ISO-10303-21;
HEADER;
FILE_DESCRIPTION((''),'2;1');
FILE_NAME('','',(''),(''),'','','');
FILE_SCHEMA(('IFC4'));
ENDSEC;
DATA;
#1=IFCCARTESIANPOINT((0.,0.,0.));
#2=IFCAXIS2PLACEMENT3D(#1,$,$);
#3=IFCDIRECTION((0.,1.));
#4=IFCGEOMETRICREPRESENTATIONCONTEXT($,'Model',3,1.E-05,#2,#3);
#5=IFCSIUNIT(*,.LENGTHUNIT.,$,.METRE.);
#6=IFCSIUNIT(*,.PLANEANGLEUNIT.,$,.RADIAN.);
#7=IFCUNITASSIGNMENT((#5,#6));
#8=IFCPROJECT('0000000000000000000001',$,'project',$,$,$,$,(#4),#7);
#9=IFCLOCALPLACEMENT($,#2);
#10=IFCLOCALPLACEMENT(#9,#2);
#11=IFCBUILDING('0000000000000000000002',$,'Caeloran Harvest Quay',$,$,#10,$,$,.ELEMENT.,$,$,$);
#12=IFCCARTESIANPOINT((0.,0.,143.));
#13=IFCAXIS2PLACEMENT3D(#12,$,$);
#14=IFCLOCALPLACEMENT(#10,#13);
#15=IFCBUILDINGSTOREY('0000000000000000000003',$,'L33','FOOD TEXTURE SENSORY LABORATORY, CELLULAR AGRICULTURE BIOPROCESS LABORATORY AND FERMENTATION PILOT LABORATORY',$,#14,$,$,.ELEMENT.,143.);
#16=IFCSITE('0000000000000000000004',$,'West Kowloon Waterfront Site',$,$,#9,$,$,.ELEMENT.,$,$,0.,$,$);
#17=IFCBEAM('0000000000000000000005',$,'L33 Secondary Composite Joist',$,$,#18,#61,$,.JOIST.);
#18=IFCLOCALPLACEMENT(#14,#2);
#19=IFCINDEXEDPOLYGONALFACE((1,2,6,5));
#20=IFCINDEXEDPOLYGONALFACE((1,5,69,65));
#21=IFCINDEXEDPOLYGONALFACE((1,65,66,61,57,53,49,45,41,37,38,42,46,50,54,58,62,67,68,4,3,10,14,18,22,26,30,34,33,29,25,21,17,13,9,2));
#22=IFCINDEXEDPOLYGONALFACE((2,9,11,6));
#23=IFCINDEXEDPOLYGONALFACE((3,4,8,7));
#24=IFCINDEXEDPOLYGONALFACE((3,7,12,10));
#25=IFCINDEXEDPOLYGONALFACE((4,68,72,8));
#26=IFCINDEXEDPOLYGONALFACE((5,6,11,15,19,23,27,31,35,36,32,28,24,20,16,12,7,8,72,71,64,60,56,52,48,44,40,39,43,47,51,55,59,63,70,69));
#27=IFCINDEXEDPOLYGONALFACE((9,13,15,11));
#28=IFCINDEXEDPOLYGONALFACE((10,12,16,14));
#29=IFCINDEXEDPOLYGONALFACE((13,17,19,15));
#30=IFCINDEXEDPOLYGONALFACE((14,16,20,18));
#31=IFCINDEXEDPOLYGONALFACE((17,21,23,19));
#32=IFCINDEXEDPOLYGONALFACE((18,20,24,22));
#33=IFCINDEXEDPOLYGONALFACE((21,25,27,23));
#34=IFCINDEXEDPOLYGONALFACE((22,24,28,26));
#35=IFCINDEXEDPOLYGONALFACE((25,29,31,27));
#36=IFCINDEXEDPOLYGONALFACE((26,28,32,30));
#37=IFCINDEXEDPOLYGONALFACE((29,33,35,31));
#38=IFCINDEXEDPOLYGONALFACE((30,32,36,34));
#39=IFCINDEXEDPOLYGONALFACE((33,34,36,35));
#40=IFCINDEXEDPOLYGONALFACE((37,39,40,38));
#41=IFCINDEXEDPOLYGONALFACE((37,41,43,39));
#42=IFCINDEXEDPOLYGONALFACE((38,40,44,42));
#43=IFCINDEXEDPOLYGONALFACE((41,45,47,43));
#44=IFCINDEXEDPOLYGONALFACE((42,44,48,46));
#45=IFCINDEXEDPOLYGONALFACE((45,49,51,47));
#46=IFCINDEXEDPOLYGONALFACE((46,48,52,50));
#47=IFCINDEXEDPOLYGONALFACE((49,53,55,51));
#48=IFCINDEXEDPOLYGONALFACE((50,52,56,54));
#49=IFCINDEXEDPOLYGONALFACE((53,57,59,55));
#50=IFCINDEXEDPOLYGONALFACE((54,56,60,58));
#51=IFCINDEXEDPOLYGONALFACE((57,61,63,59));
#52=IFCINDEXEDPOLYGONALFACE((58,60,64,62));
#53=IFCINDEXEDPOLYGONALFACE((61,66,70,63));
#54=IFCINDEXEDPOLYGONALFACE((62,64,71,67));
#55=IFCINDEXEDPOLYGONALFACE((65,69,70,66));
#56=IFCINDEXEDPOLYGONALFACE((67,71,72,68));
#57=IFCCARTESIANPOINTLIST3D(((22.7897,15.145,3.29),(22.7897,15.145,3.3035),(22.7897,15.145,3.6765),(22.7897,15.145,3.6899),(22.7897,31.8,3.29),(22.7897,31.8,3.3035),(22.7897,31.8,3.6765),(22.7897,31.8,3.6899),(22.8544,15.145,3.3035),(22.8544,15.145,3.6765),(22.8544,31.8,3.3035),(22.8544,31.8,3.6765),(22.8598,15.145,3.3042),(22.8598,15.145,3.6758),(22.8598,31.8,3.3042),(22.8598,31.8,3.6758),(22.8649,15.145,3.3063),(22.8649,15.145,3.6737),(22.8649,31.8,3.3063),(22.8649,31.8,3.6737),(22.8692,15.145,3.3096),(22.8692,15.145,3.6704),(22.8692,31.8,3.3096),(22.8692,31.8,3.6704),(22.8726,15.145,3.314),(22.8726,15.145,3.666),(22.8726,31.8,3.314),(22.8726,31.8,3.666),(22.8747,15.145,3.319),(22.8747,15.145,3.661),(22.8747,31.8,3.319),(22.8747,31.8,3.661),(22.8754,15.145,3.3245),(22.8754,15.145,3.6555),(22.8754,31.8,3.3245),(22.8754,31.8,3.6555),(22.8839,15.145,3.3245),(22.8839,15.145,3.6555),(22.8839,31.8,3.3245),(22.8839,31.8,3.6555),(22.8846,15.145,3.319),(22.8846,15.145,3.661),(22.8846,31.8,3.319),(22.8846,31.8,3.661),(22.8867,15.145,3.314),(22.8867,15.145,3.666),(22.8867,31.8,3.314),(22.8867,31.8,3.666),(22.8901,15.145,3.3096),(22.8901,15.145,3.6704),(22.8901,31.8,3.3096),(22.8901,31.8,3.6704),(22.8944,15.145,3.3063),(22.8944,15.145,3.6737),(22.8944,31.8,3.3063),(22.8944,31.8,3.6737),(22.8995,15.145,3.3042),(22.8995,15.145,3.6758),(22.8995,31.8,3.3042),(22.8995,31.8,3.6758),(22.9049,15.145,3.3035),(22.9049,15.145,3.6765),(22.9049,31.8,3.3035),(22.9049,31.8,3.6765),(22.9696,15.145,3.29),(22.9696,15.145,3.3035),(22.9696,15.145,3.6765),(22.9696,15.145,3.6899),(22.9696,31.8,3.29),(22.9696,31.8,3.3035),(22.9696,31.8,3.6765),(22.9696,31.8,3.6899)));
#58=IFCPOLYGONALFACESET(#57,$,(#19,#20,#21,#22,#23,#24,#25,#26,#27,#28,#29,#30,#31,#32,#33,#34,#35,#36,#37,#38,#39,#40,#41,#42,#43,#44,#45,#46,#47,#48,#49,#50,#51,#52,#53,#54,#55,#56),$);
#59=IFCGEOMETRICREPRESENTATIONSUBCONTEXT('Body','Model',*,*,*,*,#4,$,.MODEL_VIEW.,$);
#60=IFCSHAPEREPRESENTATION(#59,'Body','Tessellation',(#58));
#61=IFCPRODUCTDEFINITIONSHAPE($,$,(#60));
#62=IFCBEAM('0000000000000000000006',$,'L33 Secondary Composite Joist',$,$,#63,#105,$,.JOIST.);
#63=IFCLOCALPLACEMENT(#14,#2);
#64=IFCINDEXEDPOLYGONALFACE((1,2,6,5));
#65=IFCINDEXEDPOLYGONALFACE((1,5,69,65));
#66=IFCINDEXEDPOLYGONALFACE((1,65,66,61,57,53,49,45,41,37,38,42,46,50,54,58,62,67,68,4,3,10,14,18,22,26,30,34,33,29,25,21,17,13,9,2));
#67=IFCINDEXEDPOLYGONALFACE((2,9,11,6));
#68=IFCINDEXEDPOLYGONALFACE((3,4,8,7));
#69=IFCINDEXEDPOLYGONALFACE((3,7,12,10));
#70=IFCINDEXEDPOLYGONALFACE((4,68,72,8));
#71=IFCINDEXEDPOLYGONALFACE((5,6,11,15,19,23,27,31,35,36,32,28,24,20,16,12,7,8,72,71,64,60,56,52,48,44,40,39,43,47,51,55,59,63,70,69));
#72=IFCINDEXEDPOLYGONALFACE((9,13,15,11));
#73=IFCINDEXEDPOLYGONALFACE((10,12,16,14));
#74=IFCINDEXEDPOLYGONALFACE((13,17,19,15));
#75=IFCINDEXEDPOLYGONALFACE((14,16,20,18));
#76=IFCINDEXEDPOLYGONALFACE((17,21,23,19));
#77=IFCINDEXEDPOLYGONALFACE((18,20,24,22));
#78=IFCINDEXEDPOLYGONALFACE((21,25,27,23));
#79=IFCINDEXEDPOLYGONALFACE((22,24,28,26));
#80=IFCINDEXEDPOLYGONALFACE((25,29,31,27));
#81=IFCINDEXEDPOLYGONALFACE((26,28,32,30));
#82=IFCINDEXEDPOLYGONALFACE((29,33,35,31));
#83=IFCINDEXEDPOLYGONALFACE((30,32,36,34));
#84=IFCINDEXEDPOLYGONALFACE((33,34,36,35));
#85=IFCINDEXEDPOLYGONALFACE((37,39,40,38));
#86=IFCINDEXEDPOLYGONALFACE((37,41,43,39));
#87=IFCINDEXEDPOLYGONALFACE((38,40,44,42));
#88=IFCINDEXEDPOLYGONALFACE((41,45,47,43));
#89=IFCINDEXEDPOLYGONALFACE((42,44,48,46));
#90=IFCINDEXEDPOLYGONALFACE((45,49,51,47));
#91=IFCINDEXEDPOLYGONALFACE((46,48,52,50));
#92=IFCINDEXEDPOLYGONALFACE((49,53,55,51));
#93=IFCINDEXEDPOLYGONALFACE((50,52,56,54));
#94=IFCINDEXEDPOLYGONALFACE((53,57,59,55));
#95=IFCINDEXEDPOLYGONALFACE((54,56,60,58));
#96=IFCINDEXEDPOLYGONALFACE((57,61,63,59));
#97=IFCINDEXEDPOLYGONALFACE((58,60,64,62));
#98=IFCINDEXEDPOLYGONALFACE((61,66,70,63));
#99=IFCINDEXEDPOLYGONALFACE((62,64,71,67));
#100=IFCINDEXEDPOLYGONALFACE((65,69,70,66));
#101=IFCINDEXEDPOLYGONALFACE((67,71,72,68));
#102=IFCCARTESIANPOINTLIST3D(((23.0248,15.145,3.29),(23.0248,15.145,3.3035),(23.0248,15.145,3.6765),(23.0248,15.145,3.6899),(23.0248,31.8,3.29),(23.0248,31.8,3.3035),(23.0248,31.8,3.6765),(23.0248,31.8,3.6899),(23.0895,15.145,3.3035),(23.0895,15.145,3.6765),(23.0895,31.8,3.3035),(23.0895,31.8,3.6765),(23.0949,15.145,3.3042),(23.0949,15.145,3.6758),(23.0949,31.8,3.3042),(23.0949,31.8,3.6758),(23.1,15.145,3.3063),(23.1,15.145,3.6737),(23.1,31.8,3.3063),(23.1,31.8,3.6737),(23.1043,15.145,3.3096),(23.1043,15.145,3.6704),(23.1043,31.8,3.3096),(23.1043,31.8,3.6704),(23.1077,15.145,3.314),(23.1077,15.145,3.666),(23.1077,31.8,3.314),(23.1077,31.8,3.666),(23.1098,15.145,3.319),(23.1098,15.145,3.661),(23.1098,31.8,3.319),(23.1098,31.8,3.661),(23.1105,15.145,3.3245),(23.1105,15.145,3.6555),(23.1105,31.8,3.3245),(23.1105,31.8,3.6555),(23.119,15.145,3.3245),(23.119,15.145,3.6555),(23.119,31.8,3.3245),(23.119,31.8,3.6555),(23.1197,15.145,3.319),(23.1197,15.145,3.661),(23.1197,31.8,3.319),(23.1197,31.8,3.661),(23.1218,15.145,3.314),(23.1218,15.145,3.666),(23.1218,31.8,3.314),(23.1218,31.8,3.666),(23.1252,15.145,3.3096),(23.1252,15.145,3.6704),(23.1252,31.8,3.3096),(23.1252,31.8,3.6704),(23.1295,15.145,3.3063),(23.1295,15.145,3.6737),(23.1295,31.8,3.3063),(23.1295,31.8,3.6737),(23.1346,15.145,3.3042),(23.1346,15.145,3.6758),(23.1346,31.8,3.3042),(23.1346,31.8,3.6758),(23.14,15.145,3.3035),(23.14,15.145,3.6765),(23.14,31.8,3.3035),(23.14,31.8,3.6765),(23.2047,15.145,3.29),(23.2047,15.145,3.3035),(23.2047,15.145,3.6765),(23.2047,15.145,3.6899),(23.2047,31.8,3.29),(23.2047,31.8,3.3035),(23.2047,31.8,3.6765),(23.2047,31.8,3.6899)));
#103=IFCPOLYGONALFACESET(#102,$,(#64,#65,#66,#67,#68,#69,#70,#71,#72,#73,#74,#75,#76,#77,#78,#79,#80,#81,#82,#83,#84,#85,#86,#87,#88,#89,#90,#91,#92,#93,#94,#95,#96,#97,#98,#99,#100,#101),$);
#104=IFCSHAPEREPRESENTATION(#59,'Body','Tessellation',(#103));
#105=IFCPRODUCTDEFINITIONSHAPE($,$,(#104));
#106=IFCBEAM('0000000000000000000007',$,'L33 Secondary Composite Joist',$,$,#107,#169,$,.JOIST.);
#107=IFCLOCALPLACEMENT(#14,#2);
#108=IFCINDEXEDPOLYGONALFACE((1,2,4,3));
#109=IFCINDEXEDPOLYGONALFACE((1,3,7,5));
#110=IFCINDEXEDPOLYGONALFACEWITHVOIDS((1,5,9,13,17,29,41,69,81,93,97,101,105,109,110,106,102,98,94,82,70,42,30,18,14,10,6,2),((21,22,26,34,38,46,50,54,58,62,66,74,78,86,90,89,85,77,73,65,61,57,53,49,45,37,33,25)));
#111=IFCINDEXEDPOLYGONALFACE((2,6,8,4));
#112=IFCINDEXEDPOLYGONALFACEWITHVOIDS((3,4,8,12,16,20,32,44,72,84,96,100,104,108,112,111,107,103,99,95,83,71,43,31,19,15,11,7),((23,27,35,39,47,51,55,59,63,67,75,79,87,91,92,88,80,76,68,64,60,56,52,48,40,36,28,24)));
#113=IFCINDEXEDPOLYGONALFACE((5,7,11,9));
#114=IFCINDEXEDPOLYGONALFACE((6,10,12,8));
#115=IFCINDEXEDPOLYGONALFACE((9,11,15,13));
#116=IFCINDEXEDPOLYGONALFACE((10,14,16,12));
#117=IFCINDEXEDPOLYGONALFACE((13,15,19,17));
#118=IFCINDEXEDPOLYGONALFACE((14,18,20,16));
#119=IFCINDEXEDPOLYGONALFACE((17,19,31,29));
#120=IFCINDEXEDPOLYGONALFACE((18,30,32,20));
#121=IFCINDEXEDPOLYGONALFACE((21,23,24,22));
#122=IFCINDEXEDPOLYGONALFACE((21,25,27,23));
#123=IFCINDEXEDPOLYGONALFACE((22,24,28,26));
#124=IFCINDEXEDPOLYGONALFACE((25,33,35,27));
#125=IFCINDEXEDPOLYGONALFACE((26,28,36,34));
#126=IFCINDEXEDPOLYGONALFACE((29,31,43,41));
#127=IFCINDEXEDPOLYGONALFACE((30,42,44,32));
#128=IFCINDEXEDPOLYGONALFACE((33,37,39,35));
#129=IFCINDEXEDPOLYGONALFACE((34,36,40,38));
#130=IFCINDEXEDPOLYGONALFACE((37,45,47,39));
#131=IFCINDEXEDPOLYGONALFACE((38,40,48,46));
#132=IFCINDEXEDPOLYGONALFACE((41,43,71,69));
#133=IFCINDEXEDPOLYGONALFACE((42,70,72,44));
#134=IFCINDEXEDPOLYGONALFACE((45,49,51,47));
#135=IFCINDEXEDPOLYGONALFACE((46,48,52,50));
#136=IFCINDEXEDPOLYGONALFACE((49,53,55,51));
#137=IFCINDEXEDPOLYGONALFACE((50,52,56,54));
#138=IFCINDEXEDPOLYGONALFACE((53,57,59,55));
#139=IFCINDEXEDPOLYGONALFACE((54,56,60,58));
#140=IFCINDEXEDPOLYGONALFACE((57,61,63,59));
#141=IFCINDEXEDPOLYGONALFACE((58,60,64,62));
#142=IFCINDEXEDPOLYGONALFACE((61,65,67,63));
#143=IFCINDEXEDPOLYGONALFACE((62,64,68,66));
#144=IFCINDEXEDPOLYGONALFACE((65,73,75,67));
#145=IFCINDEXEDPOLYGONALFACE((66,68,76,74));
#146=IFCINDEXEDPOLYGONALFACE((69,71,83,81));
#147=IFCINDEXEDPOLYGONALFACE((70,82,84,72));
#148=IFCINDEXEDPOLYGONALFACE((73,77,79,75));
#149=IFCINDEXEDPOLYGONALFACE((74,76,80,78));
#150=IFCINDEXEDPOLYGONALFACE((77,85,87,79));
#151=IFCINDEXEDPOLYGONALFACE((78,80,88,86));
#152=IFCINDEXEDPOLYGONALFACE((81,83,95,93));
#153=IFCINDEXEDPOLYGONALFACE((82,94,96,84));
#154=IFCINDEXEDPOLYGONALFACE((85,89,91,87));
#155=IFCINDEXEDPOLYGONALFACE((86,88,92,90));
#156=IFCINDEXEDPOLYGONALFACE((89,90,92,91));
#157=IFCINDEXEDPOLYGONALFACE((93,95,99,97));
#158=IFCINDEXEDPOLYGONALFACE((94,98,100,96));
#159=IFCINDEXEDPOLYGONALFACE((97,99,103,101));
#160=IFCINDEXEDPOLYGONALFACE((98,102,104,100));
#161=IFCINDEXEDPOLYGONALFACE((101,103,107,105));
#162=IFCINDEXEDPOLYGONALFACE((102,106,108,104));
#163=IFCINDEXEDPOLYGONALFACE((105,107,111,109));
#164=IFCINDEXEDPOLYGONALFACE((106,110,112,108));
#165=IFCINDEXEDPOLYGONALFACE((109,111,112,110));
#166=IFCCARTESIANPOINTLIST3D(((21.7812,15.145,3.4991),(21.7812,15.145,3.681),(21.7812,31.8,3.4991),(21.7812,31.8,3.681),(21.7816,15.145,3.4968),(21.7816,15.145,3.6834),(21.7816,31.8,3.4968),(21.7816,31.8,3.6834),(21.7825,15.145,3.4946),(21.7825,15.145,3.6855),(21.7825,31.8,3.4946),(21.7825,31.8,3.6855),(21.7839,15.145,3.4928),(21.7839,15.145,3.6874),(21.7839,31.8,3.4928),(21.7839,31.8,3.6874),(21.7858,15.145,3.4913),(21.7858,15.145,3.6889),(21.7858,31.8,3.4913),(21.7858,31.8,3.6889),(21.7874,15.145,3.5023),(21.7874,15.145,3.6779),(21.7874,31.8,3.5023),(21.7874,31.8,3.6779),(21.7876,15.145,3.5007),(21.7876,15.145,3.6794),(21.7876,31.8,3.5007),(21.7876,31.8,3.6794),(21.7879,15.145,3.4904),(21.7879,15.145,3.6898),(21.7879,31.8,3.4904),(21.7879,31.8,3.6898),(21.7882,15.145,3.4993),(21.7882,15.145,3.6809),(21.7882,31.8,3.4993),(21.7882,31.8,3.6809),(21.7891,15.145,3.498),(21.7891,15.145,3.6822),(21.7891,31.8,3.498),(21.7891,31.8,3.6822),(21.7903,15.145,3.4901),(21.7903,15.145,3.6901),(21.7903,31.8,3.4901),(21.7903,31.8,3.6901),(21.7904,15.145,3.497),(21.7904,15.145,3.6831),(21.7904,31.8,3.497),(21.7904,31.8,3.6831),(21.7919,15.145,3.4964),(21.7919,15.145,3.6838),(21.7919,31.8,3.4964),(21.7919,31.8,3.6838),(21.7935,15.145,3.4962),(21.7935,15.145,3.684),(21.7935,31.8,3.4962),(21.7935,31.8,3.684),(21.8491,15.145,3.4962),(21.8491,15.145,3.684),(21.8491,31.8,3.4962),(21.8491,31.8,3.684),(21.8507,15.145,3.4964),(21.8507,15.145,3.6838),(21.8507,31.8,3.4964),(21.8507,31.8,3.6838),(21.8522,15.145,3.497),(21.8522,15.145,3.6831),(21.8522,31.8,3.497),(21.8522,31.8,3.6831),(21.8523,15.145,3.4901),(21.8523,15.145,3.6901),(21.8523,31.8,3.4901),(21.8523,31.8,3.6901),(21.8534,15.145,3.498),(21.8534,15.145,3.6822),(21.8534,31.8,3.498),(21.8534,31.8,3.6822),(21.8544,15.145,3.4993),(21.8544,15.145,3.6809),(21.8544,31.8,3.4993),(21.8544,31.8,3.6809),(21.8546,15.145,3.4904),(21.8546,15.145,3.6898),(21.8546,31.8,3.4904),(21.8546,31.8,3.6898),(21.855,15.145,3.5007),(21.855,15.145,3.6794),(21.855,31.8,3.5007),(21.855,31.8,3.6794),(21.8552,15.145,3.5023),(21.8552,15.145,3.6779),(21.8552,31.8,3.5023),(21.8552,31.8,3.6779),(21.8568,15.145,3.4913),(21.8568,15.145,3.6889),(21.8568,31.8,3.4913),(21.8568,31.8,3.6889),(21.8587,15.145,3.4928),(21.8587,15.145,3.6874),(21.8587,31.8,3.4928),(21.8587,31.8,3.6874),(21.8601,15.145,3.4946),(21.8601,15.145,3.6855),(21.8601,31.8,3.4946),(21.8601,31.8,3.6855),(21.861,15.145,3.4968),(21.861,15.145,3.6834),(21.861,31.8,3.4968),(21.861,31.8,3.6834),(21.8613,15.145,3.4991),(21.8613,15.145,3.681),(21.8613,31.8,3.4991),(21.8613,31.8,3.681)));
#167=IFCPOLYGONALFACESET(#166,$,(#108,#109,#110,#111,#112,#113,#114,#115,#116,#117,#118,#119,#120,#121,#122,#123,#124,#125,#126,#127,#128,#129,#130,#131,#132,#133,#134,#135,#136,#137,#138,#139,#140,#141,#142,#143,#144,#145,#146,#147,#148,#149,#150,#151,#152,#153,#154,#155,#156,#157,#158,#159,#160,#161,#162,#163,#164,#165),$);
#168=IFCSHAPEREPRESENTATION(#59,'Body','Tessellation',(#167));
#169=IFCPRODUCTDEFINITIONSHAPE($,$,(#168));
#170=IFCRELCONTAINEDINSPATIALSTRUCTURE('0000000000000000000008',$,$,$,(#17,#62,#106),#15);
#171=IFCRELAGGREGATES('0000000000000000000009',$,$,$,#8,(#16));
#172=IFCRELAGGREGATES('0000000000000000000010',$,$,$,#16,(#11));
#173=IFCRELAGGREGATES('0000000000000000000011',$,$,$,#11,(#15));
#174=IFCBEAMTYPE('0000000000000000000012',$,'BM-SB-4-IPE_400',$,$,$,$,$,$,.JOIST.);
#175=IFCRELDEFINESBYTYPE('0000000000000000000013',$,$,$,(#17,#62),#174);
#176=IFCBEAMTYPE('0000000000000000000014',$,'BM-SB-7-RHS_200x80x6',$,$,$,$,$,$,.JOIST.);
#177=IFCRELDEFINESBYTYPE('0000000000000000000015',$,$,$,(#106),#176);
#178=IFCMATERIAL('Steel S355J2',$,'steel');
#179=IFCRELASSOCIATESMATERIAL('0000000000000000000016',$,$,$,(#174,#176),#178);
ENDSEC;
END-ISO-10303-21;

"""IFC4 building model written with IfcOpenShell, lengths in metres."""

from ifc_helpers import new_model, si_unit, direction, frame, origin, origin_2d, place, context, subcontext, project, spatial, hollow_rectangle, i_section, extrude, material, material_profile, profile_set, type_object, element, save


model = new_model("IFC4")

# Units and contexts
model_context = context("Model", 3, precision=1e-05, world=origin(), true_north=direction((0.0, 1.0)))
body_context = subcontext(model_context, "Body", "Model", "MODEL_VIEW")
ifc_project = project(units=[si_unit("LENGTHUNIT", "METRE"), si_unit("PLANEANGLEUNIT", "RADIAN")], contexts=[model_context])

# Site, building, storey
site_placement = place(None, origin())
site = spatial("IfcSite", under=ifc_project, at=site_placement, Name="West Kowloon Waterfront Site", CompositionType="ELEMENT", RefElevation=0.0)
building_placement = place(site_placement, origin())
building = spatial("IfcBuilding", under=site, at=building_placement, Name="Caeloran Harvest Quay", CompositionType="ELEMENT")
storey_placement = place(building_placement, frame((0.0, 0.0, 143.0)))
storey = spatial("IfcBuildingStorey", under=building, at=storey_placement, Name="L33", Description="FOOD TEXTURE SENSORY LABORATORY, CELLULAR AGRICULTURE BIOPROCESS LABORATORY AND FERMENTATION PILOT LABORATORY", CompositionType="ELEMENT", Elevation=143.0)

# Beams
ifc_material_1 = material(Name="Steel S355J2", Category="steel")
ifc_material_profile_1 = material_profile(ifc_material_1, i_section(OverallWidth=0.1799, OverallDepth=0.3999, WebThickness=0.0085, FlangeThickness=0.0134, FilletRadius=0.021, at=origin_2d()), Name="IPE 400")
ifc_profile_set_1 = profile_set([ifc_material_profile_1], Name="Steel S355J2")
beam_type_1 = type_object("IfcBeamType", Name="BM-SB-4-IPE_400", PredefinedType="JOIST", material=ifc_profile_set_1)
for number, where, z_axis, x_axis, name in (
    (1, (22.8796, 15.145, 3.49), (0.0, 1.0, 0.0), (-1.0, 0.0, 0.0), "L33 Secondary Composite Joist"),
    (2, (23.1147, 15.145, 3.49), (0.0, 1.0, 0.0), (-1.0, 0.0, 0.0), "L33 Secondary Composite Joist"),
):
    element("IfcBeam", number, at=place(storey_placement, frame(where, z_axis=z_axis, x_axis=x_axis)), inside=storey, type_object=beam_type_1, Name=name, PredefinedType="JOIST", context=body_context, shape_type="SweptSolid", body=[
        extrude(i_section(OverallWidth=0.1799, OverallDepth=0.3999, WebThickness=0.0085, FlangeThickness=0.0134, FilletRadius=0.021, at=origin_2d()), origin(), (0.0, 0.0, 1.0), 16.655),
    ])
ifc_material_profile_2 = material_profile(ifc_material_1, hollow_rectangle(XDim=0.0801, YDim=0.2, WallThickness=0.0061, InnerFilletRadius=0.0061, OuterFilletRadius=0.009, at=origin_2d()), Name="RHS 200x80x6")
ifc_profile_set_2 = profile_set([ifc_material_profile_2], Name="Steel S355J2")
beam_type_2 = type_object("IfcBeamType", Name="BM-SB-7-RHS_200x80x6", PredefinedType="JOIST", material=ifc_profile_set_2)
for number, where, z_axis, x_axis, name in (
    (3, (21.8213, 15.145, 3.5901), (0.0, 1.0, 0.0), (-1.0, 0.0, 0.0), "L33 Secondary Composite Joist"),
):
    element("IfcBeam", number, at=place(storey_placement, frame(where, z_axis=z_axis, x_axis=x_axis)), inside=storey, type_object=beam_type_2, Name=name, PredefinedType="JOIST", context=body_context, shape_type="SweptSolid", body=[
        extrude(hollow_rectangle(XDim=0.0801, YDim=0.2, WallThickness=0.0061, InnerFilletRadius=0.0061, OuterFilletRadius=0.009, at=origin_2d()), origin(), (0.0, 0.0, 1.0), 16.655),
    ])

save(model, "model.ifc")
